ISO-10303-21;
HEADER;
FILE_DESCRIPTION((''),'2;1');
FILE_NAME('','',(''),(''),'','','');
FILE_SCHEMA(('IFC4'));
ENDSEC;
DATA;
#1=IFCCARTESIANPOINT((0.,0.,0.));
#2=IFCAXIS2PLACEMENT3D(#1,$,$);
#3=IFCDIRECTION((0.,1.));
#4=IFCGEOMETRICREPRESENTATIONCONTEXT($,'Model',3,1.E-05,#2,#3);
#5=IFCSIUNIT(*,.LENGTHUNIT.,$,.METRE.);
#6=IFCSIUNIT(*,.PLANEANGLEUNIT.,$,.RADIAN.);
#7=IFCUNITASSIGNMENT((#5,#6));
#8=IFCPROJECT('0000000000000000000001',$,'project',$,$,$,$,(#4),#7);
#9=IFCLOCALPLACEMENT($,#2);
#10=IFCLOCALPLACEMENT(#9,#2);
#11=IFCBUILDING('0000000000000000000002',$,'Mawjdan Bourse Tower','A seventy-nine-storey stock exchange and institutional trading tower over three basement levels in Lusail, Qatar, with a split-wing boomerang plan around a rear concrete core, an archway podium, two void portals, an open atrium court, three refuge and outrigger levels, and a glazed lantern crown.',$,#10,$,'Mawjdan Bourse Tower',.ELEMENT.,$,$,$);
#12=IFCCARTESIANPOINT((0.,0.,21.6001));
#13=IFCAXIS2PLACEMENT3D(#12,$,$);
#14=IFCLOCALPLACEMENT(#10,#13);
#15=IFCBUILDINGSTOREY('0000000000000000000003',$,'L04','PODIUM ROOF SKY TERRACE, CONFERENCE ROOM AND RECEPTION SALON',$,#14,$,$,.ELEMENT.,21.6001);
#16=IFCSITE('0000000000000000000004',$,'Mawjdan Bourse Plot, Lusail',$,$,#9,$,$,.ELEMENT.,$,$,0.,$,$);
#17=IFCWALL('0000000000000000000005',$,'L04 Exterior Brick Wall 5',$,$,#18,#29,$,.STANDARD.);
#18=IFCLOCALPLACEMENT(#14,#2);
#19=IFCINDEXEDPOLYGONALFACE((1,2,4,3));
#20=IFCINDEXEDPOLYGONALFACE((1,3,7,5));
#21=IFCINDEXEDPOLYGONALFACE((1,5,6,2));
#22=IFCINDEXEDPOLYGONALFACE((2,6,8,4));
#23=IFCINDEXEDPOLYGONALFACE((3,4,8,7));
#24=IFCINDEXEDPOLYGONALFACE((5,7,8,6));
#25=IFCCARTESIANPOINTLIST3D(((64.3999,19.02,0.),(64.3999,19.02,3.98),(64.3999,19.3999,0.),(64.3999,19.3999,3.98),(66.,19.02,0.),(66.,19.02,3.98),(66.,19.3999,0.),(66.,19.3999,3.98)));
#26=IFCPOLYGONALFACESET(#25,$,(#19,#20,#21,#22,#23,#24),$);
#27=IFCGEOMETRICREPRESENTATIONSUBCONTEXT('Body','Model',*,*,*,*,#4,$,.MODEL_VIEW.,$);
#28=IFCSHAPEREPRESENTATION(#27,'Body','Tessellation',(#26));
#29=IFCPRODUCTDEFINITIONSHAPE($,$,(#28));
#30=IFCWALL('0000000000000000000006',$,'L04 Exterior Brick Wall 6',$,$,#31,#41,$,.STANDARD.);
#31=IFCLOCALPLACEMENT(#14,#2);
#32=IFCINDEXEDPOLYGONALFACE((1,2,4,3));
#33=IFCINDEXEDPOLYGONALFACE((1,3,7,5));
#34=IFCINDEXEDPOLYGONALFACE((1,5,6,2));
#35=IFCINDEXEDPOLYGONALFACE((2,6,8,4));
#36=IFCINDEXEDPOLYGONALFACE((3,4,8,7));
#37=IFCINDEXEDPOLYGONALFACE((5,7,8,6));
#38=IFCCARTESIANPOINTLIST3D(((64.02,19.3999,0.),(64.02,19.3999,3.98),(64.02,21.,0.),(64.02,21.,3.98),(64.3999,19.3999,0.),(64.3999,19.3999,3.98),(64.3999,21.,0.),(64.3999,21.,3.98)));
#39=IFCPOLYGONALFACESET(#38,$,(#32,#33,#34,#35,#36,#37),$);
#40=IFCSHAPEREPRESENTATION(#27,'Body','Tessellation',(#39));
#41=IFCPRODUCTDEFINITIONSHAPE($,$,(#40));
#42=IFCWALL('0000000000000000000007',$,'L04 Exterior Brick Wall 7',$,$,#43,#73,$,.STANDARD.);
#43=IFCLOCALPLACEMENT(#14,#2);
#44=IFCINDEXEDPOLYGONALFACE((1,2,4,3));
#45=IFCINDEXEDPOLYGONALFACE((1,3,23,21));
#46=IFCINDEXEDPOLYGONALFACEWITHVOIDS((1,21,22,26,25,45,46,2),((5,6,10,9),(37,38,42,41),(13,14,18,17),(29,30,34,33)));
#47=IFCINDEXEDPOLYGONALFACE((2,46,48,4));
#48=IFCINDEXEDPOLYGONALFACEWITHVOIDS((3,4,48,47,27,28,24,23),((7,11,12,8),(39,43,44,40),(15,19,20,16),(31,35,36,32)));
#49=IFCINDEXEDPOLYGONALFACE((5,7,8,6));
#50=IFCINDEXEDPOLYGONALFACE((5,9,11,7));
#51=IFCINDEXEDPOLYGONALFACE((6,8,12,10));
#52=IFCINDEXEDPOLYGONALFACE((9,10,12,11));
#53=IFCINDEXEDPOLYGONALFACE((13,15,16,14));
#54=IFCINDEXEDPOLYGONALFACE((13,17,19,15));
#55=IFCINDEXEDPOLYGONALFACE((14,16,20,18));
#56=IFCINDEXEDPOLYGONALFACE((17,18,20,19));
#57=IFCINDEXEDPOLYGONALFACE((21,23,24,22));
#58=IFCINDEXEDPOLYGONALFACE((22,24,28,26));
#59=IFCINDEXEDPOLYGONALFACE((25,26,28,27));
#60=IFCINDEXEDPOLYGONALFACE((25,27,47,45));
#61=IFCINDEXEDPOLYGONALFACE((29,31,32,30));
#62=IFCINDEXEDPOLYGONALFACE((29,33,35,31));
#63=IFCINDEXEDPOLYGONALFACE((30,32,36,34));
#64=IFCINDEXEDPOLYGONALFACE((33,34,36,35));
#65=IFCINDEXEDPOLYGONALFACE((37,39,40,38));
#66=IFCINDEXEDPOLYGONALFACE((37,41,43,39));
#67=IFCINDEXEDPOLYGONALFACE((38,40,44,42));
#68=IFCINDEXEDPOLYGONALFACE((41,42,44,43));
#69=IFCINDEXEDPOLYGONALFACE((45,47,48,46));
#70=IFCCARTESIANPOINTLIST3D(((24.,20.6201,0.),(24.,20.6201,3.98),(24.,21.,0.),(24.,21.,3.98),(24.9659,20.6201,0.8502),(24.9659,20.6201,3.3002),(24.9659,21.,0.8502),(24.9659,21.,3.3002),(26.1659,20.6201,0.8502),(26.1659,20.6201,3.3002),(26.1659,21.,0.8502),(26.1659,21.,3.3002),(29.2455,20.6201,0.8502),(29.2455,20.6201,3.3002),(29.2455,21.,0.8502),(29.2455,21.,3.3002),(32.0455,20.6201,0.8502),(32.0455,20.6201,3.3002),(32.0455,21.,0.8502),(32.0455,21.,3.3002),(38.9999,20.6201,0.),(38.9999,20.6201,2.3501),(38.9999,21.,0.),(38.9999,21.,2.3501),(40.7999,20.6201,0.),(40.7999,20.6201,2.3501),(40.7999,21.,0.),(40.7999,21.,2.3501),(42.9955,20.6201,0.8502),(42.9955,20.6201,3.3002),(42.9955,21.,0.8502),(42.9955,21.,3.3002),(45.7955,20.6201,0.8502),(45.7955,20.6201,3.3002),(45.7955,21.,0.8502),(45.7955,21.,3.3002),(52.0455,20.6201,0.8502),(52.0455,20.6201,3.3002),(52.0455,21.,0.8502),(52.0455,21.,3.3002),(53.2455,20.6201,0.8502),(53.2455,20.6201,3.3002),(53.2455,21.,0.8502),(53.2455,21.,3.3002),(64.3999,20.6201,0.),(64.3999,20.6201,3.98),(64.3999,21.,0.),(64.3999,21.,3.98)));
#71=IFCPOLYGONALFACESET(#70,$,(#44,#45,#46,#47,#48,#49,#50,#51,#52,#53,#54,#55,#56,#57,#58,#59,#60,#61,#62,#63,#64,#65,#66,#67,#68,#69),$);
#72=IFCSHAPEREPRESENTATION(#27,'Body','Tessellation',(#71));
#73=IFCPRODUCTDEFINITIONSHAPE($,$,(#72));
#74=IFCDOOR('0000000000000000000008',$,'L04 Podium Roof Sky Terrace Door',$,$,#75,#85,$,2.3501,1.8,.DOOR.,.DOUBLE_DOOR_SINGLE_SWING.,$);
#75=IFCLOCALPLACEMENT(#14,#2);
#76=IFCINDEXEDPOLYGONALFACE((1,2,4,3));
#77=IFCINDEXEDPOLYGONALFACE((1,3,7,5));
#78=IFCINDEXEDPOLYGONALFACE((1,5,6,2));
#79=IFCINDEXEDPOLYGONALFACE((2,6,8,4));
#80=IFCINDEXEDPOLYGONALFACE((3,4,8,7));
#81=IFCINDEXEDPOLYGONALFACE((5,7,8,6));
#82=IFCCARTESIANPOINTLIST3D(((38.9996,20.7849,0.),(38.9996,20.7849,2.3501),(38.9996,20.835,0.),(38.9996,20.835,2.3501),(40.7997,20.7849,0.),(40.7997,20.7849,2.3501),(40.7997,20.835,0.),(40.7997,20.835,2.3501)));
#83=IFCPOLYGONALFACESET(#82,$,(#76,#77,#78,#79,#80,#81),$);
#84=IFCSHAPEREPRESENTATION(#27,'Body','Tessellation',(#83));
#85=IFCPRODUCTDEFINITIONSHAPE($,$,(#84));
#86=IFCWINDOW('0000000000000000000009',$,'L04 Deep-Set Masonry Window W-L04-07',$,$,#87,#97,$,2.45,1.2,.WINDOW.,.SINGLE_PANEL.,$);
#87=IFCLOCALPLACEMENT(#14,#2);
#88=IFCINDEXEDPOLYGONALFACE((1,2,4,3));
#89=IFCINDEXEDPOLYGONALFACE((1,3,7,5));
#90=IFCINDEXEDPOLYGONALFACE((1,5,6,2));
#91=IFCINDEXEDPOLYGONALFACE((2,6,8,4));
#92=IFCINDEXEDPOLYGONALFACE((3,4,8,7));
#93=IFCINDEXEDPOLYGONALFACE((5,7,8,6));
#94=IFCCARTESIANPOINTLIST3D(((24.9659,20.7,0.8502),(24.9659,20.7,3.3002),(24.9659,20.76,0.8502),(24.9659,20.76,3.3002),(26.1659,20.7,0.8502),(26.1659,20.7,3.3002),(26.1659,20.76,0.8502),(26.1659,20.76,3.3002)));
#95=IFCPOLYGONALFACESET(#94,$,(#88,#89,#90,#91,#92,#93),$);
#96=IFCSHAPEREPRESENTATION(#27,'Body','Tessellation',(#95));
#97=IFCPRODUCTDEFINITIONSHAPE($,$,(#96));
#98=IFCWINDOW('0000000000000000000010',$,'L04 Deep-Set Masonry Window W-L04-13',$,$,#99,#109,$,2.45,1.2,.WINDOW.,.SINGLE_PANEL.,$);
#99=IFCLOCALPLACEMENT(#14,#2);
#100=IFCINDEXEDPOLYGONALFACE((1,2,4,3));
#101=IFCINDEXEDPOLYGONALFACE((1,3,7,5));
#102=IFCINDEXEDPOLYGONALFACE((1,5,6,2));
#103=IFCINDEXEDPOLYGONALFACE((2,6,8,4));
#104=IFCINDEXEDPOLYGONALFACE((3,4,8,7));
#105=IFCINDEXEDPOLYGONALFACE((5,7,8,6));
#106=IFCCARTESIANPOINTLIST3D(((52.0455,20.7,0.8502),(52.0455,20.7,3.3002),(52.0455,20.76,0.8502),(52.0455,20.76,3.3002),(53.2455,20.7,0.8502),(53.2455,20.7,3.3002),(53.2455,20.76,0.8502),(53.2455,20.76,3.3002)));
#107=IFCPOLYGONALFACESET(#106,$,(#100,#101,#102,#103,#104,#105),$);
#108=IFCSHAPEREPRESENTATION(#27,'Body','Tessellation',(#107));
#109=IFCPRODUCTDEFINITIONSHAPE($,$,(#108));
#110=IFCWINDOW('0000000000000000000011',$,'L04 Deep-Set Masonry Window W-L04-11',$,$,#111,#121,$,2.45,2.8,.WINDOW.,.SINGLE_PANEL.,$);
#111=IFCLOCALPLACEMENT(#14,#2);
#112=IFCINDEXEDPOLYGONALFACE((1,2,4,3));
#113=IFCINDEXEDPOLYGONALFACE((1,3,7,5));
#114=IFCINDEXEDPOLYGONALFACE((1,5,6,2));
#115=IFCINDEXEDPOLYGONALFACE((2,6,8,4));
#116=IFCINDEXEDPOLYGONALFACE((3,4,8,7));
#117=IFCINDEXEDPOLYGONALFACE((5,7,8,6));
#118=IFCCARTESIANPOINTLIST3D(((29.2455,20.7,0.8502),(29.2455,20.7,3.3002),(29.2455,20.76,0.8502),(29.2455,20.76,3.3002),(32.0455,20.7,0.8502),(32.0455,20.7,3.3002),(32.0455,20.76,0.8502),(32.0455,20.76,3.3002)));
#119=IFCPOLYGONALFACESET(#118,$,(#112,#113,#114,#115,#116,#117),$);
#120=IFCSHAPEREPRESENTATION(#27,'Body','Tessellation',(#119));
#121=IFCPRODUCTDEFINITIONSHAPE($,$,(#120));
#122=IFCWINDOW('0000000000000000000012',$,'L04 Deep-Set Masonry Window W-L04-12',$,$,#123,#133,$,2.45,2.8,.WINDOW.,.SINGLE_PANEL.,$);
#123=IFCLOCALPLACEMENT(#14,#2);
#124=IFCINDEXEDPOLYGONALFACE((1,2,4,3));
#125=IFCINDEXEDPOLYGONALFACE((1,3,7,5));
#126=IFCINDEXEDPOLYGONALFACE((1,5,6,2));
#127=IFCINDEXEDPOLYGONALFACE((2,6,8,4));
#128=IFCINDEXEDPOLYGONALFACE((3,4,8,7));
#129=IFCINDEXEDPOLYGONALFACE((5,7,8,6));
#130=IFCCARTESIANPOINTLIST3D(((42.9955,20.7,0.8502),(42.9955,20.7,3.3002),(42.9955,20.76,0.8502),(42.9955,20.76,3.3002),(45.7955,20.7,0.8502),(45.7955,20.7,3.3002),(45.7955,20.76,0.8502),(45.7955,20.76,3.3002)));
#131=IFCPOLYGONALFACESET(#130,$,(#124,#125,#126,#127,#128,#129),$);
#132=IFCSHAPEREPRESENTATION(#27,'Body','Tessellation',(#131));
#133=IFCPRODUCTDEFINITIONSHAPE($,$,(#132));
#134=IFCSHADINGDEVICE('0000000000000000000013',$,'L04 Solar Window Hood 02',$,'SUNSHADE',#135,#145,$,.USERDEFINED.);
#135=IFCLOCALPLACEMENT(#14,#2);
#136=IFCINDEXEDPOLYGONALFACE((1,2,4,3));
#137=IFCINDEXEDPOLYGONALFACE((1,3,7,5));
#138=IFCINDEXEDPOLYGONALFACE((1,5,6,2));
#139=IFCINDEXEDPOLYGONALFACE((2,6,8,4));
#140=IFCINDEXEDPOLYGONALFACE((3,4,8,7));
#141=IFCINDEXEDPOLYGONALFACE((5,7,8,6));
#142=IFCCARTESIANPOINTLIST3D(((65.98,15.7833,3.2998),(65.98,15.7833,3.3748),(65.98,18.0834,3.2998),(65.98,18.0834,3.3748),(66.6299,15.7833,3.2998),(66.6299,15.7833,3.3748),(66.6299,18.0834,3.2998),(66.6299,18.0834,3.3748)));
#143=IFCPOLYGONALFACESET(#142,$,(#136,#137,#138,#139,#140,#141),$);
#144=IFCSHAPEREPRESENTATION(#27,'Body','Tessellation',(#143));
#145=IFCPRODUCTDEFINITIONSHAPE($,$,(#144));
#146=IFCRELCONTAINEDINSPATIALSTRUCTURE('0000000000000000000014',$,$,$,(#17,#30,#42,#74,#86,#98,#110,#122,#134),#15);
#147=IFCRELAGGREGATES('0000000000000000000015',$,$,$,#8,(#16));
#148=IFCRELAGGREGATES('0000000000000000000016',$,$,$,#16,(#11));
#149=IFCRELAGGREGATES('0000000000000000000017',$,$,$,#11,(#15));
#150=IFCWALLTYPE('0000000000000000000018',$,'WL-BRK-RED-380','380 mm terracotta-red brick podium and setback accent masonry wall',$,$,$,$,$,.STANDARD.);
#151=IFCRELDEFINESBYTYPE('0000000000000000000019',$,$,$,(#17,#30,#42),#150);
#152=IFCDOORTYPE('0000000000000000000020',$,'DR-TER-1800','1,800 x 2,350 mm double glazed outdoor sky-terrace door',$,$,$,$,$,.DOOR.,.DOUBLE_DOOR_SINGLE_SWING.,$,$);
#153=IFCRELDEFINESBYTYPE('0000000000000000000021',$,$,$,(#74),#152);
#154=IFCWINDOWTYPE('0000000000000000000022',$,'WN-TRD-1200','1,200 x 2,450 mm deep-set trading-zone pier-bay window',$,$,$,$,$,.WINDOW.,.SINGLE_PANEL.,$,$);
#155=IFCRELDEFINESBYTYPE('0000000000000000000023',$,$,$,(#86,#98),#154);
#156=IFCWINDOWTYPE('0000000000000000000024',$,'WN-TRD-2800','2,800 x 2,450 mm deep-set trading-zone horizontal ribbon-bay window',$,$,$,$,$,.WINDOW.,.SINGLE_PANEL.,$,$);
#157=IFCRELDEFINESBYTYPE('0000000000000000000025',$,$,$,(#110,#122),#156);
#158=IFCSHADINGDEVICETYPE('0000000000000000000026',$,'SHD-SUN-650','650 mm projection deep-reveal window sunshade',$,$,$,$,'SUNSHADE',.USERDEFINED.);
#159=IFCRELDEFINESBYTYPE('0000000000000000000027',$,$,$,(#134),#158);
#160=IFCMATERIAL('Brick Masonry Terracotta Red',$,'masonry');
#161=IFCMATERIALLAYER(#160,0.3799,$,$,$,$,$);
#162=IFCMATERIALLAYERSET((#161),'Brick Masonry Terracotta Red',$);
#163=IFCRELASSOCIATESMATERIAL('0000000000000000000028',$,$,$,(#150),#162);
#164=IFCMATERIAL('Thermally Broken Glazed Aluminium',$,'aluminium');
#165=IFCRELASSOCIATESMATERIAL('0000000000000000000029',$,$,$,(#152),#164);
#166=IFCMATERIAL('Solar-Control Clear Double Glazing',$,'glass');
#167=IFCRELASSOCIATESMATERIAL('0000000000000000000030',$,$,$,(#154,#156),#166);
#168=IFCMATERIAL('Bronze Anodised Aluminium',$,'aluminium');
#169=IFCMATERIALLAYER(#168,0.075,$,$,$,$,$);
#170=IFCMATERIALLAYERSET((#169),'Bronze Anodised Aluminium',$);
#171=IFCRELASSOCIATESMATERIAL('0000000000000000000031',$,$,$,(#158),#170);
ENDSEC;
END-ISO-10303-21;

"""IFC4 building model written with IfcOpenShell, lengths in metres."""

from ifc_helpers import new_model, si_unit, direction, frame, frame_2d, origin, origin_2d, place, context, subcontext, project, spatial, rectangle, extrude, material, layer, layer_set, type_object, element, fill, save


model = new_model("IFC4")

# Units and contexts
model_context = context("Model", 3, precision=1e-05, world=origin(), true_north=direction((0.0, 1.0)))
body_context = subcontext(model_context, "Body", "Model", "MODEL_VIEW")
ifc_project = project(units=[si_unit("LENGTHUNIT", "METRE"), si_unit("PLANEANGLEUNIT", "RADIAN")], contexts=[model_context])

# Site, building, storey
site_placement = place(None, origin())
site = spatial("IfcSite", under=ifc_project, at=site_placement, Name="Mawjdan Bourse Plot, Lusail", CompositionType="ELEMENT", RefElevation=0.0)
building_placement = place(site_placement, origin())
building = spatial("IfcBuilding", under=site, at=building_placement, Name="Mawjdan Bourse Tower", Description="A seventy-nine-storey stock exchange and institutional trading tower over three basement levels in Lusail, Qatar, with a split-wing boomerang plan around a rear concrete core, an archway podium, two void portals, an open atrium court, three refuge and outrigger levels, and a glazed lantern crown.", LongName="Mawjdan Bourse Tower", CompositionType="ELEMENT")
storey_placement = place(building_placement, frame((0.0, 0.0, 21.6001)))
storey = spatial("IfcBuildingStorey", under=building, at=storey_placement, Name="L04", Description="PODIUM ROOF SKY TERRACE, CONFERENCE ROOM AND RECEPTION SALON", CompositionType="ELEMENT", Elevation=21.6001)

# Walls
ifc_material_1 = material(Name="Brick Masonry Terracotta Red", Category="masonry")
ifc_layer_1 = layer(ifc_material_1, 0.3799)
ifc_layer_set_1 = layer_set([ifc_layer_1], Name="Brick Masonry Terracotta Red")
wall_type = type_object("IfcWallType", Name="WL-BRK-RED-380", Description="380 mm terracotta-red brick podium and setback accent masonry wall", PredefinedType="STANDARD", material=ifc_layer_set_1)
for number, where, z_axis, x_axis, name in (
    (1, (66.0, 19.21, 0.0), (0.0, 0.0, 1.0), (-1.0, 0.0, 0.0), "L04 Exterior Brick Wall 5"),
    (2, (64.21, 19.3999, 0.0), (0.0, 0.0, 1.0), (0.0, 1.0, 0.0), "L04 Exterior Brick Wall 6"),
):
    element("IfcWall", number, at=place(storey_placement, frame(where, z_axis=z_axis, x_axis=x_axis)), inside=storey, type_object=wall_type, Name=name, PredefinedType="STANDARD", context=body_context, shape_type="SweptSolid", body=[
        extrude(rectangle(XDim=1.6001, YDim=0.3799, at=frame_2d((0.8, 0.0))), origin(), (0.0, 0.0, 1.0), 3.98),
    ])

# Wall, openings, door, windows
wall_placement = place(storey_placement, frame((64.3999, 20.8101, 0.0), z_axis=(0.0, 0.0, 1.0), x_axis=(-1.0, 0.0, 0.0)))
wall = element("IfcWall", 3, at=wall_placement, inside=storey, type_object=wall_type, Name="L04 Exterior Brick Wall 7", PredefinedType="STANDARD", context=body_context, shape_type="SweptSolid", body=[
    extrude(rectangle(XDim=40.3999, YDim=0.3799, at=frame_2d((20.2, 0.0))), origin(), (0.0, 0.0, 1.0), 3.98),
])
opening_1_placement = place(wall_placement, frame((23.6001, 0.0, 0.0)))
opening_1 = element("IfcOpeningElement", 4, at=opening_1_placement, cuts=wall, PredefinedType="OPENING", context=body_context, shape_type="SweptSolid", body=[
    extrude(rectangle(XDim=1.8, YDim=2.3501, at=frame_2d((0.8999, 1.175))), frame((0.0, 0.2, 0.0), z_axis=(0.0, -1.0, 0.0), x_axis=(1.0, 0.0, 0.0)), (0.0, 0.0, 1.0), 0.3999),
])
opening_2_placement = place(wall_placement, frame((38.2339, 0.0, 0.8501)))
opening_2 = element("IfcOpeningElement", 5, at=opening_2_placement, cuts=wall, PredefinedType="OPENING", context=body_context, shape_type="SweptSolid", body=[
    extrude(rectangle(XDim=1.2, YDim=2.45, at=frame_2d((0.6001, 1.2251))), frame((0.0, 0.2, 0.0), z_axis=(0.0, -1.0, 0.0), x_axis=(1.0, 0.0, 0.0)), (0.0, 0.0, 1.0), 0.3999),
])
opening_3_placement = place(wall_placement, frame((32.3545, 0.0, 0.8501)))
opening_3 = element("IfcOpeningElement", 6, at=opening_3_placement, cuts=wall, PredefinedType="OPENING", context=body_context, shape_type="SweptSolid", body=[
    extrude(rectangle(XDim=2.8, YDim=2.45, at=frame_2d((1.3999, 1.2251))), frame((0.0, 0.2, 0.0), z_axis=(0.0, -1.0, 0.0), x_axis=(1.0, 0.0, 0.0)), (0.0, 0.0, 1.0), 0.3999),
])
opening_4_placement = place(wall_placement, frame((18.6045, 0.0, 0.8501)))
opening_4 = element("IfcOpeningElement", 7, at=opening_4_placement, cuts=wall, PredefinedType="OPENING", context=body_context, shape_type="SweptSolid", body=[
    extrude(rectangle(XDim=2.8, YDim=2.45, at=frame_2d((1.3999, 1.2251))), frame((0.0, 0.2, 0.0), z_axis=(0.0, -1.0, 0.0), x_axis=(1.0, 0.0, 0.0)), (0.0, 0.0, 1.0), 0.3999),
])
opening_5_placement = place(wall_placement, frame((11.1543, 0.0, 0.8501)))
opening_5 = element("IfcOpeningElement", 8, at=opening_5_placement, cuts=wall, PredefinedType="OPENING", context=body_context, shape_type="SweptSolid", body=[
    extrude(rectangle(XDim=1.2, YDim=2.45, at=frame_2d((0.6001, 1.2251))), frame((0.0, 0.2, 0.0), z_axis=(0.0, -1.0, 0.0), x_axis=(1.0, 0.0, 0.0)), (0.0, 0.0, 1.0), 0.3999),
])
ifc_material_2 = material(Name="Thermally Broken Glazed Aluminium", Category="aluminium")
door_type = type_object("IfcDoorType", Name="DR-TER-1800", Description="1,800 x 2,350 mm double glazed outdoor sky-terrace door", OperationType="DOUBLE_DOOR_SINGLE_SWING", PredefinedType="DOOR", material=ifc_material_2)
door_placement = place(opening_1_placement, frame((1.8, 0.0, 0.0), z_axis=(0.0, 0.0, 1.0), x_axis=(-1.0, 0.0, 0.0)))
door = element("IfcDoor", 9, at=door_placement, inside=storey, type_object=door_type, Name="L04 Podium Roof Sky Terrace Door", OperationType="DOUBLE_DOOR_SINGLE_SWING", OverallHeight=2.3501, OverallWidth=1.8, PredefinedType="DOOR", context=body_context, shape_type="SweptSolid", body=[
    extrude(rectangle(XDim=1.8, YDim=2.3501, at=frame_2d((0.8999, 1.175))), frame((0.0, 0.0249, 0.0), z_axis=(0.0, -1.0, 0.0), x_axis=(1.0, 0.0, 0.0)), (0.0, 0.0, 1.0), 0.05),
])
fill(opening_1, door)
ifc_material_3 = material(Name="Solar-Control Clear Double Glazing", Category="glass")
window_type_1 = type_object("IfcWindowType", Name="WN-TRD-1200", Description="1,200 x 2,450 mm deep-set trading-zone pier-bay window", PartitioningType="SINGLE_PANEL", PredefinedType="WINDOW", material=ifc_material_3)
window_1_placement = place(opening_2_placement, origin())
window_1 = element("IfcWindow", 10, at=window_1_placement, inside=storey, type_object=window_type_1, Name="L04 Deep-Set Masonry Window W-L04-07", OverallHeight=2.45, OverallWidth=1.2, PartitioningType="SINGLE_PANEL", PredefinedType="WINDOW", context=body_context, shape_type="SweptSolid", body=[
    extrude(rectangle(XDim=1.2, YDim=2.45, at=frame_2d((0.6001, 1.2251))), frame((0.0, 0.1101, 0.0), z_axis=(0.0, -1.0, 0.0), x_axis=(1.0, 0.0, 0.0)), (0.0, 0.0, 1.0), 0.0601),
])
fill(opening_2, window_1)
window_2_placement = place(opening_5_placement, origin())
window_2 = element("IfcWindow", 11, at=window_2_placement, inside=storey, type_object=window_type_1, Name="L04 Deep-Set Masonry Window W-L04-13", OverallHeight=2.45, OverallWidth=1.2, PartitioningType="SINGLE_PANEL", PredefinedType="WINDOW", context=body_context, shape_type="SweptSolid", body=[
    extrude(rectangle(XDim=1.2, YDim=2.45, at=frame_2d((0.6001, 1.2251))), frame((0.0, 0.1101, 0.0), z_axis=(0.0, -1.0, 0.0), x_axis=(1.0, 0.0, 0.0)), (0.0, 0.0, 1.0), 0.0601),
])
fill(opening_5, window_2)
window_type_2 = type_object("IfcWindowType", Name="WN-TRD-2800", Description="2,800 x 2,450 mm deep-set trading-zone horizontal ribbon-bay window", PartitioningType="SINGLE_PANEL", PredefinedType="WINDOW", material=ifc_material_3)
window_3_placement = place(opening_3_placement, origin())
window_3 = element("IfcWindow", 12, at=window_3_placement, inside=storey, type_object=window_type_2, Name="L04 Deep-Set Masonry Window W-L04-11", OverallHeight=2.45, OverallWidth=2.8, PartitioningType="SINGLE_PANEL", PredefinedType="WINDOW", context=body_context, shape_type="SweptSolid", body=[
    extrude(rectangle(XDim=2.8, YDim=2.45, at=frame_2d((1.3999, 1.2251))), frame((0.0, 0.1101, 0.0), z_axis=(0.0, -1.0, 0.0), x_axis=(1.0, 0.0, 0.0)), (0.0, 0.0, 1.0), 0.0601),
])
fill(opening_3, window_3)
window_4_placement = place(opening_4_placement, origin())
window_4 = element("IfcWindow", 13, at=window_4_placement, inside=storey, type_object=window_type_2, Name="L04 Deep-Set Masonry Window W-L04-12", OverallHeight=2.45, OverallWidth=2.8, PartitioningType="SINGLE_PANEL", PredefinedType="WINDOW", context=body_context, shape_type="SweptSolid", body=[
    extrude(rectangle(XDim=2.8, YDim=2.45, at=frame_2d((1.3999, 1.2251))), frame((0.0, 0.1101, 0.0), z_axis=(0.0, -1.0, 0.0), x_axis=(1.0, 0.0, 0.0)), (0.0, 0.0, 1.0), 0.0601),
])
fill(opening_4, window_4)

# Shading device
ifc_material_4 = material(Name="Bronze Anodised Aluminium", Category="aluminium")
ifc_layer_2 = layer(ifc_material_4, 0.075)
ifc_layer_set_2 = layer_set([ifc_layer_2], Name="Bronze Anodised Aluminium")
shading_device_type = type_object("IfcShadingDeviceType", Name="SHD-SUN-650", Description="650 mm projection deep-reveal window sunshade", ElementType="SUNSHADE", PredefinedType="USERDEFINED", material=ifc_layer_set_2)
shading_device_placement = place(storey_placement, frame((66.3049, 16.9333, 3.2998), z_axis=(0.0, 0.0, 1.0), x_axis=(0.0, 1.0, 0.0)))
element("IfcShadingDevice", 14, at=shading_device_placement, inside=storey, type_object=shading_device_type, Name="L04 Solar Window Hood 02", ObjectType="SUNSHADE", PredefinedType="USERDEFINED", context=body_context, shape_type="SweptSolid", body=[
    extrude(rectangle(XDim=2.3, YDim=0.6499, at=origin_2d()), origin(), (0.0, 0.0, 1.0), 0.075),
])

save(model, "model.ifc")
